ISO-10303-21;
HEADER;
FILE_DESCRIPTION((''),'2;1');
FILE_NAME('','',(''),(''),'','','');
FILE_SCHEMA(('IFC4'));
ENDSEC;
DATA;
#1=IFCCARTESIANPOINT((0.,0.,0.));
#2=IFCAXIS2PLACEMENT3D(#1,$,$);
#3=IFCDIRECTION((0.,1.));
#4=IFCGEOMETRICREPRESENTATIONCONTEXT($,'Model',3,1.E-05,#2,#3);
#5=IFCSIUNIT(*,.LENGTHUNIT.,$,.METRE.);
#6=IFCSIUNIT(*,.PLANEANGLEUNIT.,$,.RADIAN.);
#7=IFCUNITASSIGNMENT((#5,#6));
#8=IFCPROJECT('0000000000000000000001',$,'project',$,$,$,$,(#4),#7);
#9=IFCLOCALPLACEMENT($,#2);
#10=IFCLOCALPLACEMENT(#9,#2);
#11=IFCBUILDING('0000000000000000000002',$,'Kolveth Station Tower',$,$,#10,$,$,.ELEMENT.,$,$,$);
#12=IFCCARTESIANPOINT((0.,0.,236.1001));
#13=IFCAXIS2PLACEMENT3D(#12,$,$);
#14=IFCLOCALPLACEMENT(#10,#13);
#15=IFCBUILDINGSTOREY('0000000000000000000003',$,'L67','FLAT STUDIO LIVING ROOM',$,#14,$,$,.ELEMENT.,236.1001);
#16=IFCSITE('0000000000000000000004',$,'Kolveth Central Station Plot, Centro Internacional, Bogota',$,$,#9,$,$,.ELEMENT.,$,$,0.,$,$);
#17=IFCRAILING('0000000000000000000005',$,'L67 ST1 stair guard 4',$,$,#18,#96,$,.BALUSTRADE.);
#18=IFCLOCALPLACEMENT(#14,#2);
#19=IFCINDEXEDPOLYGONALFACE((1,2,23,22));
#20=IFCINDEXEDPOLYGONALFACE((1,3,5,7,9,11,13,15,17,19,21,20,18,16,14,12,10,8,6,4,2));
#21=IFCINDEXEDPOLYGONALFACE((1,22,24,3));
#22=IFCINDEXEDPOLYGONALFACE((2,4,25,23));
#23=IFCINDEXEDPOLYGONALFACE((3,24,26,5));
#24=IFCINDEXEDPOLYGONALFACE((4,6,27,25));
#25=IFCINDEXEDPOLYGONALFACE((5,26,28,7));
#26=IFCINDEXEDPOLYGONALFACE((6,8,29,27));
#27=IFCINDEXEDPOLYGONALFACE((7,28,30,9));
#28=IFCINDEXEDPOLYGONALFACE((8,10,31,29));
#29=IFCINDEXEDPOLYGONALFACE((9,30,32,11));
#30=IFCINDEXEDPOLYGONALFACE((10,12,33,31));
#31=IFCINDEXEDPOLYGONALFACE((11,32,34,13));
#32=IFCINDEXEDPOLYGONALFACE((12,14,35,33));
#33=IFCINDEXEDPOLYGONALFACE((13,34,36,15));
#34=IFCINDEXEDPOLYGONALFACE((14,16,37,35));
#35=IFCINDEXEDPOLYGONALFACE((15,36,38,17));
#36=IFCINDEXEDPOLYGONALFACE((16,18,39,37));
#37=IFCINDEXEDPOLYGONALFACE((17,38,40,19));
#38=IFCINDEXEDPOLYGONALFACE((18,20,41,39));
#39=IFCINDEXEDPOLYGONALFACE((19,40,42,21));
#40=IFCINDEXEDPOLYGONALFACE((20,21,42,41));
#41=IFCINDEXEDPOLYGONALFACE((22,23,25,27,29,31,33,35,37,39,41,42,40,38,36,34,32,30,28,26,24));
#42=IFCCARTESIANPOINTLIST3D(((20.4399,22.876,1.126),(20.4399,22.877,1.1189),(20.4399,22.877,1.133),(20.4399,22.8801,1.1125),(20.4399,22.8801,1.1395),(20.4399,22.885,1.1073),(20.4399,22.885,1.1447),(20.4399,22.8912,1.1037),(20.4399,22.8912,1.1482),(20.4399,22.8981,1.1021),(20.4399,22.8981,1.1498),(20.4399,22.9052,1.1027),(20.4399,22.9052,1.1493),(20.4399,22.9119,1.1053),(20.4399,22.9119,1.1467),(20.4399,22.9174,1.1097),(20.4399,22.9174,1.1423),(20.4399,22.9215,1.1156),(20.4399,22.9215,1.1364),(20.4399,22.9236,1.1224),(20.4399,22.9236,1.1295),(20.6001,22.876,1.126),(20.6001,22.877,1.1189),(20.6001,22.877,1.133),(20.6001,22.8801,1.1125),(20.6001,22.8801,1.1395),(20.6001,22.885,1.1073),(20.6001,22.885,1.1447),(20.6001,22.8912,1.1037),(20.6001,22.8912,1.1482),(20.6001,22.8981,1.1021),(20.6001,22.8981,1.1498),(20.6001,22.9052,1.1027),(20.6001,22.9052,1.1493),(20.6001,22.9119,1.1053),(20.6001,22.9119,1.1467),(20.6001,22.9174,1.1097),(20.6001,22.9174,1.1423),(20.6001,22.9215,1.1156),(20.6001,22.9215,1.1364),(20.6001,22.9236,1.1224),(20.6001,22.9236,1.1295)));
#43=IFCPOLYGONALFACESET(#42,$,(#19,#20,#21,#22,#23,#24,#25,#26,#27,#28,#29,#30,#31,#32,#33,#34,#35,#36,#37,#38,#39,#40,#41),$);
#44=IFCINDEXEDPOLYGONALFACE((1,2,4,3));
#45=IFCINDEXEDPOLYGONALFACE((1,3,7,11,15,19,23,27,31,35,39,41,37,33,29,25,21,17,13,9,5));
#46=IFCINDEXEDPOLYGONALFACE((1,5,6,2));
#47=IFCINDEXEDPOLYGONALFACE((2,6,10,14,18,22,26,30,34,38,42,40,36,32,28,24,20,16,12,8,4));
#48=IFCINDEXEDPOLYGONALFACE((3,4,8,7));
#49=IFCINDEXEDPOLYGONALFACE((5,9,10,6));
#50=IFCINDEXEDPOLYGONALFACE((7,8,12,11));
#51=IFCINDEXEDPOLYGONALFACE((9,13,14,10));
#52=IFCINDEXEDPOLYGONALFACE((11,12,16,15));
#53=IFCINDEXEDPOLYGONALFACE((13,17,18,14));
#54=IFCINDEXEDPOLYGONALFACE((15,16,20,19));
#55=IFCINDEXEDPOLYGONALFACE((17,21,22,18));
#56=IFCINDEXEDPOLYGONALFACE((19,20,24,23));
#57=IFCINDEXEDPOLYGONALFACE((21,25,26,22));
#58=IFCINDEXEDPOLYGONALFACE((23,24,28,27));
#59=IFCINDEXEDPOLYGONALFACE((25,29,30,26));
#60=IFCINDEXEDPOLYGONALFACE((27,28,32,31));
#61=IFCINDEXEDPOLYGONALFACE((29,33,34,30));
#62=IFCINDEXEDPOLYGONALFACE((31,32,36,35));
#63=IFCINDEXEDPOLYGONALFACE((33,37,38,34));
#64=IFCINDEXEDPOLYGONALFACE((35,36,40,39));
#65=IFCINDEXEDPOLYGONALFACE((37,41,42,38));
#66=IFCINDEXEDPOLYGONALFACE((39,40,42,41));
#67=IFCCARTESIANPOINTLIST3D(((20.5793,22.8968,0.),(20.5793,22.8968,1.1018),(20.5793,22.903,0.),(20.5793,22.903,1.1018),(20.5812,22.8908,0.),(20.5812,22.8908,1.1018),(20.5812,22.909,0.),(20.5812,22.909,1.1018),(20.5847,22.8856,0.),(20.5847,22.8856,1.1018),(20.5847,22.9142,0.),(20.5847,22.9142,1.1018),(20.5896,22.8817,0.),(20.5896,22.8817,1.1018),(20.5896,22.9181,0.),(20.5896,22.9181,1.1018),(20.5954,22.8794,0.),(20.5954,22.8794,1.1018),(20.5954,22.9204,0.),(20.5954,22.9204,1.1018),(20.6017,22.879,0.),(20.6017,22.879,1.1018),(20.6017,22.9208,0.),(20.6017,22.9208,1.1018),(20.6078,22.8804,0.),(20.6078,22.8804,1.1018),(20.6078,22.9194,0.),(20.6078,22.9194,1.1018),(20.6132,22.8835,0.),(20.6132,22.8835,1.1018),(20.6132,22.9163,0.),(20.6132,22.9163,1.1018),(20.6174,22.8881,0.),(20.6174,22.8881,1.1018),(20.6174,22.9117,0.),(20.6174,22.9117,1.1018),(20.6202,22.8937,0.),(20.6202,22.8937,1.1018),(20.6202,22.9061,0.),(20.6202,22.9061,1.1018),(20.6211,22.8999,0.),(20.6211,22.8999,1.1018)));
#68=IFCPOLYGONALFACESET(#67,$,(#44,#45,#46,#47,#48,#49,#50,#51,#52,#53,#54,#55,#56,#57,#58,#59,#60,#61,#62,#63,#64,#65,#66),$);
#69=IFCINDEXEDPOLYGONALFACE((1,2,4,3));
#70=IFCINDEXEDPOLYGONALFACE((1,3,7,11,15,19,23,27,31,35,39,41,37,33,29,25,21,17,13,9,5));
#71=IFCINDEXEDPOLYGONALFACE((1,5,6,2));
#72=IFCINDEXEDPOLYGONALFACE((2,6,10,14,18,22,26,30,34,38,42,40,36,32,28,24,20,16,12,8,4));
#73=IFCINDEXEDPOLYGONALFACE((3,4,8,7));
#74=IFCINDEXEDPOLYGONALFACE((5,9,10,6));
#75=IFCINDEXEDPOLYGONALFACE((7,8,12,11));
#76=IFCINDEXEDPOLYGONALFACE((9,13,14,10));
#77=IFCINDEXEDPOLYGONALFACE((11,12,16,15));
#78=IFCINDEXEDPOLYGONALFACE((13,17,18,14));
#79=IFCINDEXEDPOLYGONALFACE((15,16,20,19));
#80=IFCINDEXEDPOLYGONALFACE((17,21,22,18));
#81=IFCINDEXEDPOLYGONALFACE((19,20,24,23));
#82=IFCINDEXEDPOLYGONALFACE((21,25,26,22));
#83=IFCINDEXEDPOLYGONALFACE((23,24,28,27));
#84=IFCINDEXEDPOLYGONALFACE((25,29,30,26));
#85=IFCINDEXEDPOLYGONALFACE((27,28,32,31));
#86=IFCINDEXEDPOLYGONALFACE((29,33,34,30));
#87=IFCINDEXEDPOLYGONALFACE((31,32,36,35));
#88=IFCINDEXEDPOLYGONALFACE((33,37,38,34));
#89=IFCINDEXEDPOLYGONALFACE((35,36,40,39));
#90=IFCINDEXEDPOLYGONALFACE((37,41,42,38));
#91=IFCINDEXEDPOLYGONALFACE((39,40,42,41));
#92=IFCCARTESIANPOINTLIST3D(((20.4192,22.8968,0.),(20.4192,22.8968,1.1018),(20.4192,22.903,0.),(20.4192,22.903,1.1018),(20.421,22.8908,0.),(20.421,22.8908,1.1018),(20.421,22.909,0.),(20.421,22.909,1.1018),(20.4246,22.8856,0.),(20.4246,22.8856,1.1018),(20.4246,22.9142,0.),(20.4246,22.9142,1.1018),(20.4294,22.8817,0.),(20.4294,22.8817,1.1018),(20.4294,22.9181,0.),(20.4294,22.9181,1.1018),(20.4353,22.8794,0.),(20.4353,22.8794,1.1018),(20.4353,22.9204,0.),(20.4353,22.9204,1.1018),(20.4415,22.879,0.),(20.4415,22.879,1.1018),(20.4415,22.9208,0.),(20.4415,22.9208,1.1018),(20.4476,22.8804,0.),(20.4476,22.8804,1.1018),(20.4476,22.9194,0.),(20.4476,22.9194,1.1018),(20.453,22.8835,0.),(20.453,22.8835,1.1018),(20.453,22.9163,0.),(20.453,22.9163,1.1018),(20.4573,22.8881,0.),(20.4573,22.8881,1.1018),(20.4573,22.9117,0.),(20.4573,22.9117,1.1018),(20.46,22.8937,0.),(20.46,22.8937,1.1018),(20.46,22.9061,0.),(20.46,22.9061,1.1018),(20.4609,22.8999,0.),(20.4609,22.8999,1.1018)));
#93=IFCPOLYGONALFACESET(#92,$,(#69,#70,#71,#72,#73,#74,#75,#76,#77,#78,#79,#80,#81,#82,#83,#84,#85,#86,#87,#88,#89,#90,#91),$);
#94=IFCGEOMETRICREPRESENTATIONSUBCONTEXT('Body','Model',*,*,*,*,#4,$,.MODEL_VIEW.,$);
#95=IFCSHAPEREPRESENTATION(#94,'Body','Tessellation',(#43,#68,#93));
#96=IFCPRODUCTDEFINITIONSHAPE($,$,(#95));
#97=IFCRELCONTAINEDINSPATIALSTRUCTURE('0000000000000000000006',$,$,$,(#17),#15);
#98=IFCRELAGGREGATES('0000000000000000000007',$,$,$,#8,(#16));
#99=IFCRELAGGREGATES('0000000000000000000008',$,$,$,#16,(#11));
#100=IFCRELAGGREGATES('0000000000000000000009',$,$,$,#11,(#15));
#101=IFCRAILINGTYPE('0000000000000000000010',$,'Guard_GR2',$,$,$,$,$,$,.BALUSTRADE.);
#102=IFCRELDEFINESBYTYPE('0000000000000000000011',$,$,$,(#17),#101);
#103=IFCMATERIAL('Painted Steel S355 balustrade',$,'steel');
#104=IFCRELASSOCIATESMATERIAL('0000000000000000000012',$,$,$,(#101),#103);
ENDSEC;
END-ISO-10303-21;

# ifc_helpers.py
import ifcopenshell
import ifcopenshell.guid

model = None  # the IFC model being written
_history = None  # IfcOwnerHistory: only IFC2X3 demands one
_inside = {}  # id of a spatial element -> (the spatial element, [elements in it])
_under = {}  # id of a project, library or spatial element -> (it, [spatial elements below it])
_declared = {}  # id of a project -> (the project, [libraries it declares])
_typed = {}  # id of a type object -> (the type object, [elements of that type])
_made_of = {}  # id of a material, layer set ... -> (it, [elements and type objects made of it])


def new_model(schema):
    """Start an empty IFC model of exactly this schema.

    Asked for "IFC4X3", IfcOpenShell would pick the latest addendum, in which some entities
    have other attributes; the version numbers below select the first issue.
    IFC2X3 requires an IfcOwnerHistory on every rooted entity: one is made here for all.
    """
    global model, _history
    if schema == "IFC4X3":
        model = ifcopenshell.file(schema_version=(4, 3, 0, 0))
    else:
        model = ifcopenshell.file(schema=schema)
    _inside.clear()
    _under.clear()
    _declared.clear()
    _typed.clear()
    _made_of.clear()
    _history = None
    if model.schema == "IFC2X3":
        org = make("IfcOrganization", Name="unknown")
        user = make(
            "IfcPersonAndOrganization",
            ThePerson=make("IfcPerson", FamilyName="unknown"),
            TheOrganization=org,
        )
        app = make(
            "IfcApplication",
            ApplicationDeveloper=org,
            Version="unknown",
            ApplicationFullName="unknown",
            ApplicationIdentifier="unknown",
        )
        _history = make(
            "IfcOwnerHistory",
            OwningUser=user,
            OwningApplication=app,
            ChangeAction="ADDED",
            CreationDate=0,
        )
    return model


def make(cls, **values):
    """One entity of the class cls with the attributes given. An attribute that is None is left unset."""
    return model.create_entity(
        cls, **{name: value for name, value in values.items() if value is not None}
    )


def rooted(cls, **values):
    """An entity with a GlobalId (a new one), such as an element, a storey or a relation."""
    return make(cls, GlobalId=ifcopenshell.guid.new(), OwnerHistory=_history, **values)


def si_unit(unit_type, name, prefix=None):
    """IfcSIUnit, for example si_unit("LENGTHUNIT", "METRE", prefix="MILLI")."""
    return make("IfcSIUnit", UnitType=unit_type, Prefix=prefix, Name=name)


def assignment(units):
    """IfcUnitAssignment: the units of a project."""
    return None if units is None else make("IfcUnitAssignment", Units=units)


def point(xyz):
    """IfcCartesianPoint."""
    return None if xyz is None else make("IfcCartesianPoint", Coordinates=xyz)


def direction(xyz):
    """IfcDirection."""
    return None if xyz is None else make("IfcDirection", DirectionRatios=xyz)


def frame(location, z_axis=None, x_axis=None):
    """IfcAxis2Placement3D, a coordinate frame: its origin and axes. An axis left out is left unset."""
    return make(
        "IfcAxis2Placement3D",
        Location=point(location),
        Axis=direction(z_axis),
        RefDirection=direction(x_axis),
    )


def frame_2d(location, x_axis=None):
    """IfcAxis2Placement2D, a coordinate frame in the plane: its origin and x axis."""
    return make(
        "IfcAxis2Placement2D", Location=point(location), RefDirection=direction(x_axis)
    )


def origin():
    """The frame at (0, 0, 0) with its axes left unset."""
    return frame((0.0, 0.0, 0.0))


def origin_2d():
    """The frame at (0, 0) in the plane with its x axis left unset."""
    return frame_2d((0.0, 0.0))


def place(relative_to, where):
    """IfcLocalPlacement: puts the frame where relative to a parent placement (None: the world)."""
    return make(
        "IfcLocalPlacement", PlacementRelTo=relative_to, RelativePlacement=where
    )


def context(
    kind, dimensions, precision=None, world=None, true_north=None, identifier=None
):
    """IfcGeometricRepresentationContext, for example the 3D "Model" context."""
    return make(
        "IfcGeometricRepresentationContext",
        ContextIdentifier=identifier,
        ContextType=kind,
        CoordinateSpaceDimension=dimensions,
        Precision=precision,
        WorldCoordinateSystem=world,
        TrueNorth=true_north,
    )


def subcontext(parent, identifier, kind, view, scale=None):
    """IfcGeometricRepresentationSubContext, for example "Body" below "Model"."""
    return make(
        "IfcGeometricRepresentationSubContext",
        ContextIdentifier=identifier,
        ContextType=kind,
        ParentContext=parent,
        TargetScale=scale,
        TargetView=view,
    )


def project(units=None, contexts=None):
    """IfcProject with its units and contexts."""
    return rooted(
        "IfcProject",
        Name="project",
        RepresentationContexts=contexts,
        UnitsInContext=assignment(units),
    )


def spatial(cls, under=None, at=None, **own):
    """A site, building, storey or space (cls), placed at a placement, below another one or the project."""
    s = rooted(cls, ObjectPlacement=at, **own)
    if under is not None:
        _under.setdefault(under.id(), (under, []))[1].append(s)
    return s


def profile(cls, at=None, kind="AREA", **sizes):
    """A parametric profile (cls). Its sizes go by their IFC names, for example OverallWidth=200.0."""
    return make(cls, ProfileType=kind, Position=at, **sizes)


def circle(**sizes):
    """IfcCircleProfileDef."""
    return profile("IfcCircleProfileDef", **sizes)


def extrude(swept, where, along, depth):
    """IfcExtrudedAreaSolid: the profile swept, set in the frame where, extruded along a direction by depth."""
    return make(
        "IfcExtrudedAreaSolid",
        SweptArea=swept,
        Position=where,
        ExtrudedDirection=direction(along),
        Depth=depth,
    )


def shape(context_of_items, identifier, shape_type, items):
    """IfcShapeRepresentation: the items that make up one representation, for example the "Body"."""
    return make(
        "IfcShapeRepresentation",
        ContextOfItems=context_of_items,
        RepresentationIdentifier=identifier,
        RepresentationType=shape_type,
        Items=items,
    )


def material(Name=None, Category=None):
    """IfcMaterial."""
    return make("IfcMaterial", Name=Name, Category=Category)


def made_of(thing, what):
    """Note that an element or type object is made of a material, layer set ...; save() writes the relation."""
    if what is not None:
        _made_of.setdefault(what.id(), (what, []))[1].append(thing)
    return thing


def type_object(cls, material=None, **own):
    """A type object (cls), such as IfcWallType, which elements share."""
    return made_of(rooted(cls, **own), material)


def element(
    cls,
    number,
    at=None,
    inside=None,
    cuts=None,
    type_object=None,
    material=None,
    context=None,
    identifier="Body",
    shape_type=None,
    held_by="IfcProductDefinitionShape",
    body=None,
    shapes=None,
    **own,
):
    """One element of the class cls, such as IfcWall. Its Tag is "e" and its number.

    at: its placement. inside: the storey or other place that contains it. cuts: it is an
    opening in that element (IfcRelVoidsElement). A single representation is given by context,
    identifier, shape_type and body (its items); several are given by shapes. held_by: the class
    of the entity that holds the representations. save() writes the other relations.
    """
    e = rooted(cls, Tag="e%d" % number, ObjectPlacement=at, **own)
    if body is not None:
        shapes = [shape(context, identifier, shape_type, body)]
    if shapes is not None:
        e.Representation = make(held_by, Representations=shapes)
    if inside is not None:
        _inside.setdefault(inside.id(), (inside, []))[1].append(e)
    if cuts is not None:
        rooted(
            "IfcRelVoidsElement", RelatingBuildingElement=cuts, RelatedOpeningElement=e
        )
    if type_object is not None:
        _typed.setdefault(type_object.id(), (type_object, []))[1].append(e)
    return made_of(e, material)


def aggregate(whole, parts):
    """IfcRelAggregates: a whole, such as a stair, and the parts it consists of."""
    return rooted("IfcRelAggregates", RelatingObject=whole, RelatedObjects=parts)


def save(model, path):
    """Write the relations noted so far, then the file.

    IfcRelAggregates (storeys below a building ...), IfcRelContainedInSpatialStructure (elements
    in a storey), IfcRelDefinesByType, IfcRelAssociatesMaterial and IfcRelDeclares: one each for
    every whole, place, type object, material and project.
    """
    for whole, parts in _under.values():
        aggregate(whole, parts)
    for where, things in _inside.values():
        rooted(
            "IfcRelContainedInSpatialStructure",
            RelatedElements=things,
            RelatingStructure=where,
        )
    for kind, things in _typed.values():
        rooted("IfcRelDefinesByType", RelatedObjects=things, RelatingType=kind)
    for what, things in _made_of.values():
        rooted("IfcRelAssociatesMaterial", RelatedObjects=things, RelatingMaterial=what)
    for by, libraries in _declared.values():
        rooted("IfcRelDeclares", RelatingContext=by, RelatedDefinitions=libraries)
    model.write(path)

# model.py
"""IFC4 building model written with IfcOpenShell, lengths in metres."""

from ifc_helpers import new_model, si_unit, direction, frame, origin, origin_2d, place, context, subcontext, project, spatial, circle, extrude, material, type_object, element, save


model = new_model("IFC4")

# Units and contexts
model_context = context("Model", 3, precision=1e-05, world=origin(), true_north=direction((0.0, 1.0)))
body_context = subcontext(model_context, "Body", "Model", "MODEL_VIEW")
ifc_project = project(units=[si_unit("LENGTHUNIT", "METRE"), si_unit("PLANEANGLEUNIT", "RADIAN")], contexts=[model_context])

# Site, building, storey
site_placement = place(None, origin())
site = spatial("IfcSite", under=ifc_project, at=site_placement, Name="Kolveth Central Station Plot, Centro Internacional, Bogota", CompositionType="ELEMENT", RefElevation=0.0)
building_placement = place(site_placement, origin())
building = spatial("IfcBuilding", under=site, at=building_placement, Name="Kolveth Station Tower", CompositionType="ELEMENT")
storey_placement = place(building_placement, frame((0.0, 0.0, 236.1001)))
storey = spatial("IfcBuildingStorey", under=building, at=storey_placement, Name="L67", Description="FLAT STUDIO LIVING ROOM", CompositionType="ELEMENT", Elevation=236.1001)

# Railing
ifc_material_1 = material(Name="Painted Steel S355 balustrade", Category="steel")
railing_type_1 = type_object("IfcRailingType", Name="Guard_GR2", PredefinedType="BALUSTRADE", material=ifc_material_1)
railing_1_placement = place(storey_placement, frame((20.6001, 22.8999, 0.0)))
element("IfcRailing", 1, at=railing_1_placement, inside=storey, type_object=railing_type_1, Name="L67 ST1 stair guard 4", PredefinedType="BALUSTRADE", context=body_context, shape_type="SweptSolid", body=[
    extrude(circle(Radius=0.0239, at=origin_2d()), frame((0.0, 0.0, 1.126), z_axis=(-1.0, 0.0, 0.0), x_axis=(0.0, -1.0, 0.0)), (0.0, 0.0, 1.0), 0.1602),
    extrude(circle(Radius=0.021, at=origin_2d()), origin(), (0.0, 0.0, 1.0), 1.1018),
    extrude(circle(Radius=0.021, at=origin_2d()), frame((-0.1602, 0.0, 0.0)), (0.0, 0.0, 1.0), 1.1018),
])

save(model, "model.ifc")
